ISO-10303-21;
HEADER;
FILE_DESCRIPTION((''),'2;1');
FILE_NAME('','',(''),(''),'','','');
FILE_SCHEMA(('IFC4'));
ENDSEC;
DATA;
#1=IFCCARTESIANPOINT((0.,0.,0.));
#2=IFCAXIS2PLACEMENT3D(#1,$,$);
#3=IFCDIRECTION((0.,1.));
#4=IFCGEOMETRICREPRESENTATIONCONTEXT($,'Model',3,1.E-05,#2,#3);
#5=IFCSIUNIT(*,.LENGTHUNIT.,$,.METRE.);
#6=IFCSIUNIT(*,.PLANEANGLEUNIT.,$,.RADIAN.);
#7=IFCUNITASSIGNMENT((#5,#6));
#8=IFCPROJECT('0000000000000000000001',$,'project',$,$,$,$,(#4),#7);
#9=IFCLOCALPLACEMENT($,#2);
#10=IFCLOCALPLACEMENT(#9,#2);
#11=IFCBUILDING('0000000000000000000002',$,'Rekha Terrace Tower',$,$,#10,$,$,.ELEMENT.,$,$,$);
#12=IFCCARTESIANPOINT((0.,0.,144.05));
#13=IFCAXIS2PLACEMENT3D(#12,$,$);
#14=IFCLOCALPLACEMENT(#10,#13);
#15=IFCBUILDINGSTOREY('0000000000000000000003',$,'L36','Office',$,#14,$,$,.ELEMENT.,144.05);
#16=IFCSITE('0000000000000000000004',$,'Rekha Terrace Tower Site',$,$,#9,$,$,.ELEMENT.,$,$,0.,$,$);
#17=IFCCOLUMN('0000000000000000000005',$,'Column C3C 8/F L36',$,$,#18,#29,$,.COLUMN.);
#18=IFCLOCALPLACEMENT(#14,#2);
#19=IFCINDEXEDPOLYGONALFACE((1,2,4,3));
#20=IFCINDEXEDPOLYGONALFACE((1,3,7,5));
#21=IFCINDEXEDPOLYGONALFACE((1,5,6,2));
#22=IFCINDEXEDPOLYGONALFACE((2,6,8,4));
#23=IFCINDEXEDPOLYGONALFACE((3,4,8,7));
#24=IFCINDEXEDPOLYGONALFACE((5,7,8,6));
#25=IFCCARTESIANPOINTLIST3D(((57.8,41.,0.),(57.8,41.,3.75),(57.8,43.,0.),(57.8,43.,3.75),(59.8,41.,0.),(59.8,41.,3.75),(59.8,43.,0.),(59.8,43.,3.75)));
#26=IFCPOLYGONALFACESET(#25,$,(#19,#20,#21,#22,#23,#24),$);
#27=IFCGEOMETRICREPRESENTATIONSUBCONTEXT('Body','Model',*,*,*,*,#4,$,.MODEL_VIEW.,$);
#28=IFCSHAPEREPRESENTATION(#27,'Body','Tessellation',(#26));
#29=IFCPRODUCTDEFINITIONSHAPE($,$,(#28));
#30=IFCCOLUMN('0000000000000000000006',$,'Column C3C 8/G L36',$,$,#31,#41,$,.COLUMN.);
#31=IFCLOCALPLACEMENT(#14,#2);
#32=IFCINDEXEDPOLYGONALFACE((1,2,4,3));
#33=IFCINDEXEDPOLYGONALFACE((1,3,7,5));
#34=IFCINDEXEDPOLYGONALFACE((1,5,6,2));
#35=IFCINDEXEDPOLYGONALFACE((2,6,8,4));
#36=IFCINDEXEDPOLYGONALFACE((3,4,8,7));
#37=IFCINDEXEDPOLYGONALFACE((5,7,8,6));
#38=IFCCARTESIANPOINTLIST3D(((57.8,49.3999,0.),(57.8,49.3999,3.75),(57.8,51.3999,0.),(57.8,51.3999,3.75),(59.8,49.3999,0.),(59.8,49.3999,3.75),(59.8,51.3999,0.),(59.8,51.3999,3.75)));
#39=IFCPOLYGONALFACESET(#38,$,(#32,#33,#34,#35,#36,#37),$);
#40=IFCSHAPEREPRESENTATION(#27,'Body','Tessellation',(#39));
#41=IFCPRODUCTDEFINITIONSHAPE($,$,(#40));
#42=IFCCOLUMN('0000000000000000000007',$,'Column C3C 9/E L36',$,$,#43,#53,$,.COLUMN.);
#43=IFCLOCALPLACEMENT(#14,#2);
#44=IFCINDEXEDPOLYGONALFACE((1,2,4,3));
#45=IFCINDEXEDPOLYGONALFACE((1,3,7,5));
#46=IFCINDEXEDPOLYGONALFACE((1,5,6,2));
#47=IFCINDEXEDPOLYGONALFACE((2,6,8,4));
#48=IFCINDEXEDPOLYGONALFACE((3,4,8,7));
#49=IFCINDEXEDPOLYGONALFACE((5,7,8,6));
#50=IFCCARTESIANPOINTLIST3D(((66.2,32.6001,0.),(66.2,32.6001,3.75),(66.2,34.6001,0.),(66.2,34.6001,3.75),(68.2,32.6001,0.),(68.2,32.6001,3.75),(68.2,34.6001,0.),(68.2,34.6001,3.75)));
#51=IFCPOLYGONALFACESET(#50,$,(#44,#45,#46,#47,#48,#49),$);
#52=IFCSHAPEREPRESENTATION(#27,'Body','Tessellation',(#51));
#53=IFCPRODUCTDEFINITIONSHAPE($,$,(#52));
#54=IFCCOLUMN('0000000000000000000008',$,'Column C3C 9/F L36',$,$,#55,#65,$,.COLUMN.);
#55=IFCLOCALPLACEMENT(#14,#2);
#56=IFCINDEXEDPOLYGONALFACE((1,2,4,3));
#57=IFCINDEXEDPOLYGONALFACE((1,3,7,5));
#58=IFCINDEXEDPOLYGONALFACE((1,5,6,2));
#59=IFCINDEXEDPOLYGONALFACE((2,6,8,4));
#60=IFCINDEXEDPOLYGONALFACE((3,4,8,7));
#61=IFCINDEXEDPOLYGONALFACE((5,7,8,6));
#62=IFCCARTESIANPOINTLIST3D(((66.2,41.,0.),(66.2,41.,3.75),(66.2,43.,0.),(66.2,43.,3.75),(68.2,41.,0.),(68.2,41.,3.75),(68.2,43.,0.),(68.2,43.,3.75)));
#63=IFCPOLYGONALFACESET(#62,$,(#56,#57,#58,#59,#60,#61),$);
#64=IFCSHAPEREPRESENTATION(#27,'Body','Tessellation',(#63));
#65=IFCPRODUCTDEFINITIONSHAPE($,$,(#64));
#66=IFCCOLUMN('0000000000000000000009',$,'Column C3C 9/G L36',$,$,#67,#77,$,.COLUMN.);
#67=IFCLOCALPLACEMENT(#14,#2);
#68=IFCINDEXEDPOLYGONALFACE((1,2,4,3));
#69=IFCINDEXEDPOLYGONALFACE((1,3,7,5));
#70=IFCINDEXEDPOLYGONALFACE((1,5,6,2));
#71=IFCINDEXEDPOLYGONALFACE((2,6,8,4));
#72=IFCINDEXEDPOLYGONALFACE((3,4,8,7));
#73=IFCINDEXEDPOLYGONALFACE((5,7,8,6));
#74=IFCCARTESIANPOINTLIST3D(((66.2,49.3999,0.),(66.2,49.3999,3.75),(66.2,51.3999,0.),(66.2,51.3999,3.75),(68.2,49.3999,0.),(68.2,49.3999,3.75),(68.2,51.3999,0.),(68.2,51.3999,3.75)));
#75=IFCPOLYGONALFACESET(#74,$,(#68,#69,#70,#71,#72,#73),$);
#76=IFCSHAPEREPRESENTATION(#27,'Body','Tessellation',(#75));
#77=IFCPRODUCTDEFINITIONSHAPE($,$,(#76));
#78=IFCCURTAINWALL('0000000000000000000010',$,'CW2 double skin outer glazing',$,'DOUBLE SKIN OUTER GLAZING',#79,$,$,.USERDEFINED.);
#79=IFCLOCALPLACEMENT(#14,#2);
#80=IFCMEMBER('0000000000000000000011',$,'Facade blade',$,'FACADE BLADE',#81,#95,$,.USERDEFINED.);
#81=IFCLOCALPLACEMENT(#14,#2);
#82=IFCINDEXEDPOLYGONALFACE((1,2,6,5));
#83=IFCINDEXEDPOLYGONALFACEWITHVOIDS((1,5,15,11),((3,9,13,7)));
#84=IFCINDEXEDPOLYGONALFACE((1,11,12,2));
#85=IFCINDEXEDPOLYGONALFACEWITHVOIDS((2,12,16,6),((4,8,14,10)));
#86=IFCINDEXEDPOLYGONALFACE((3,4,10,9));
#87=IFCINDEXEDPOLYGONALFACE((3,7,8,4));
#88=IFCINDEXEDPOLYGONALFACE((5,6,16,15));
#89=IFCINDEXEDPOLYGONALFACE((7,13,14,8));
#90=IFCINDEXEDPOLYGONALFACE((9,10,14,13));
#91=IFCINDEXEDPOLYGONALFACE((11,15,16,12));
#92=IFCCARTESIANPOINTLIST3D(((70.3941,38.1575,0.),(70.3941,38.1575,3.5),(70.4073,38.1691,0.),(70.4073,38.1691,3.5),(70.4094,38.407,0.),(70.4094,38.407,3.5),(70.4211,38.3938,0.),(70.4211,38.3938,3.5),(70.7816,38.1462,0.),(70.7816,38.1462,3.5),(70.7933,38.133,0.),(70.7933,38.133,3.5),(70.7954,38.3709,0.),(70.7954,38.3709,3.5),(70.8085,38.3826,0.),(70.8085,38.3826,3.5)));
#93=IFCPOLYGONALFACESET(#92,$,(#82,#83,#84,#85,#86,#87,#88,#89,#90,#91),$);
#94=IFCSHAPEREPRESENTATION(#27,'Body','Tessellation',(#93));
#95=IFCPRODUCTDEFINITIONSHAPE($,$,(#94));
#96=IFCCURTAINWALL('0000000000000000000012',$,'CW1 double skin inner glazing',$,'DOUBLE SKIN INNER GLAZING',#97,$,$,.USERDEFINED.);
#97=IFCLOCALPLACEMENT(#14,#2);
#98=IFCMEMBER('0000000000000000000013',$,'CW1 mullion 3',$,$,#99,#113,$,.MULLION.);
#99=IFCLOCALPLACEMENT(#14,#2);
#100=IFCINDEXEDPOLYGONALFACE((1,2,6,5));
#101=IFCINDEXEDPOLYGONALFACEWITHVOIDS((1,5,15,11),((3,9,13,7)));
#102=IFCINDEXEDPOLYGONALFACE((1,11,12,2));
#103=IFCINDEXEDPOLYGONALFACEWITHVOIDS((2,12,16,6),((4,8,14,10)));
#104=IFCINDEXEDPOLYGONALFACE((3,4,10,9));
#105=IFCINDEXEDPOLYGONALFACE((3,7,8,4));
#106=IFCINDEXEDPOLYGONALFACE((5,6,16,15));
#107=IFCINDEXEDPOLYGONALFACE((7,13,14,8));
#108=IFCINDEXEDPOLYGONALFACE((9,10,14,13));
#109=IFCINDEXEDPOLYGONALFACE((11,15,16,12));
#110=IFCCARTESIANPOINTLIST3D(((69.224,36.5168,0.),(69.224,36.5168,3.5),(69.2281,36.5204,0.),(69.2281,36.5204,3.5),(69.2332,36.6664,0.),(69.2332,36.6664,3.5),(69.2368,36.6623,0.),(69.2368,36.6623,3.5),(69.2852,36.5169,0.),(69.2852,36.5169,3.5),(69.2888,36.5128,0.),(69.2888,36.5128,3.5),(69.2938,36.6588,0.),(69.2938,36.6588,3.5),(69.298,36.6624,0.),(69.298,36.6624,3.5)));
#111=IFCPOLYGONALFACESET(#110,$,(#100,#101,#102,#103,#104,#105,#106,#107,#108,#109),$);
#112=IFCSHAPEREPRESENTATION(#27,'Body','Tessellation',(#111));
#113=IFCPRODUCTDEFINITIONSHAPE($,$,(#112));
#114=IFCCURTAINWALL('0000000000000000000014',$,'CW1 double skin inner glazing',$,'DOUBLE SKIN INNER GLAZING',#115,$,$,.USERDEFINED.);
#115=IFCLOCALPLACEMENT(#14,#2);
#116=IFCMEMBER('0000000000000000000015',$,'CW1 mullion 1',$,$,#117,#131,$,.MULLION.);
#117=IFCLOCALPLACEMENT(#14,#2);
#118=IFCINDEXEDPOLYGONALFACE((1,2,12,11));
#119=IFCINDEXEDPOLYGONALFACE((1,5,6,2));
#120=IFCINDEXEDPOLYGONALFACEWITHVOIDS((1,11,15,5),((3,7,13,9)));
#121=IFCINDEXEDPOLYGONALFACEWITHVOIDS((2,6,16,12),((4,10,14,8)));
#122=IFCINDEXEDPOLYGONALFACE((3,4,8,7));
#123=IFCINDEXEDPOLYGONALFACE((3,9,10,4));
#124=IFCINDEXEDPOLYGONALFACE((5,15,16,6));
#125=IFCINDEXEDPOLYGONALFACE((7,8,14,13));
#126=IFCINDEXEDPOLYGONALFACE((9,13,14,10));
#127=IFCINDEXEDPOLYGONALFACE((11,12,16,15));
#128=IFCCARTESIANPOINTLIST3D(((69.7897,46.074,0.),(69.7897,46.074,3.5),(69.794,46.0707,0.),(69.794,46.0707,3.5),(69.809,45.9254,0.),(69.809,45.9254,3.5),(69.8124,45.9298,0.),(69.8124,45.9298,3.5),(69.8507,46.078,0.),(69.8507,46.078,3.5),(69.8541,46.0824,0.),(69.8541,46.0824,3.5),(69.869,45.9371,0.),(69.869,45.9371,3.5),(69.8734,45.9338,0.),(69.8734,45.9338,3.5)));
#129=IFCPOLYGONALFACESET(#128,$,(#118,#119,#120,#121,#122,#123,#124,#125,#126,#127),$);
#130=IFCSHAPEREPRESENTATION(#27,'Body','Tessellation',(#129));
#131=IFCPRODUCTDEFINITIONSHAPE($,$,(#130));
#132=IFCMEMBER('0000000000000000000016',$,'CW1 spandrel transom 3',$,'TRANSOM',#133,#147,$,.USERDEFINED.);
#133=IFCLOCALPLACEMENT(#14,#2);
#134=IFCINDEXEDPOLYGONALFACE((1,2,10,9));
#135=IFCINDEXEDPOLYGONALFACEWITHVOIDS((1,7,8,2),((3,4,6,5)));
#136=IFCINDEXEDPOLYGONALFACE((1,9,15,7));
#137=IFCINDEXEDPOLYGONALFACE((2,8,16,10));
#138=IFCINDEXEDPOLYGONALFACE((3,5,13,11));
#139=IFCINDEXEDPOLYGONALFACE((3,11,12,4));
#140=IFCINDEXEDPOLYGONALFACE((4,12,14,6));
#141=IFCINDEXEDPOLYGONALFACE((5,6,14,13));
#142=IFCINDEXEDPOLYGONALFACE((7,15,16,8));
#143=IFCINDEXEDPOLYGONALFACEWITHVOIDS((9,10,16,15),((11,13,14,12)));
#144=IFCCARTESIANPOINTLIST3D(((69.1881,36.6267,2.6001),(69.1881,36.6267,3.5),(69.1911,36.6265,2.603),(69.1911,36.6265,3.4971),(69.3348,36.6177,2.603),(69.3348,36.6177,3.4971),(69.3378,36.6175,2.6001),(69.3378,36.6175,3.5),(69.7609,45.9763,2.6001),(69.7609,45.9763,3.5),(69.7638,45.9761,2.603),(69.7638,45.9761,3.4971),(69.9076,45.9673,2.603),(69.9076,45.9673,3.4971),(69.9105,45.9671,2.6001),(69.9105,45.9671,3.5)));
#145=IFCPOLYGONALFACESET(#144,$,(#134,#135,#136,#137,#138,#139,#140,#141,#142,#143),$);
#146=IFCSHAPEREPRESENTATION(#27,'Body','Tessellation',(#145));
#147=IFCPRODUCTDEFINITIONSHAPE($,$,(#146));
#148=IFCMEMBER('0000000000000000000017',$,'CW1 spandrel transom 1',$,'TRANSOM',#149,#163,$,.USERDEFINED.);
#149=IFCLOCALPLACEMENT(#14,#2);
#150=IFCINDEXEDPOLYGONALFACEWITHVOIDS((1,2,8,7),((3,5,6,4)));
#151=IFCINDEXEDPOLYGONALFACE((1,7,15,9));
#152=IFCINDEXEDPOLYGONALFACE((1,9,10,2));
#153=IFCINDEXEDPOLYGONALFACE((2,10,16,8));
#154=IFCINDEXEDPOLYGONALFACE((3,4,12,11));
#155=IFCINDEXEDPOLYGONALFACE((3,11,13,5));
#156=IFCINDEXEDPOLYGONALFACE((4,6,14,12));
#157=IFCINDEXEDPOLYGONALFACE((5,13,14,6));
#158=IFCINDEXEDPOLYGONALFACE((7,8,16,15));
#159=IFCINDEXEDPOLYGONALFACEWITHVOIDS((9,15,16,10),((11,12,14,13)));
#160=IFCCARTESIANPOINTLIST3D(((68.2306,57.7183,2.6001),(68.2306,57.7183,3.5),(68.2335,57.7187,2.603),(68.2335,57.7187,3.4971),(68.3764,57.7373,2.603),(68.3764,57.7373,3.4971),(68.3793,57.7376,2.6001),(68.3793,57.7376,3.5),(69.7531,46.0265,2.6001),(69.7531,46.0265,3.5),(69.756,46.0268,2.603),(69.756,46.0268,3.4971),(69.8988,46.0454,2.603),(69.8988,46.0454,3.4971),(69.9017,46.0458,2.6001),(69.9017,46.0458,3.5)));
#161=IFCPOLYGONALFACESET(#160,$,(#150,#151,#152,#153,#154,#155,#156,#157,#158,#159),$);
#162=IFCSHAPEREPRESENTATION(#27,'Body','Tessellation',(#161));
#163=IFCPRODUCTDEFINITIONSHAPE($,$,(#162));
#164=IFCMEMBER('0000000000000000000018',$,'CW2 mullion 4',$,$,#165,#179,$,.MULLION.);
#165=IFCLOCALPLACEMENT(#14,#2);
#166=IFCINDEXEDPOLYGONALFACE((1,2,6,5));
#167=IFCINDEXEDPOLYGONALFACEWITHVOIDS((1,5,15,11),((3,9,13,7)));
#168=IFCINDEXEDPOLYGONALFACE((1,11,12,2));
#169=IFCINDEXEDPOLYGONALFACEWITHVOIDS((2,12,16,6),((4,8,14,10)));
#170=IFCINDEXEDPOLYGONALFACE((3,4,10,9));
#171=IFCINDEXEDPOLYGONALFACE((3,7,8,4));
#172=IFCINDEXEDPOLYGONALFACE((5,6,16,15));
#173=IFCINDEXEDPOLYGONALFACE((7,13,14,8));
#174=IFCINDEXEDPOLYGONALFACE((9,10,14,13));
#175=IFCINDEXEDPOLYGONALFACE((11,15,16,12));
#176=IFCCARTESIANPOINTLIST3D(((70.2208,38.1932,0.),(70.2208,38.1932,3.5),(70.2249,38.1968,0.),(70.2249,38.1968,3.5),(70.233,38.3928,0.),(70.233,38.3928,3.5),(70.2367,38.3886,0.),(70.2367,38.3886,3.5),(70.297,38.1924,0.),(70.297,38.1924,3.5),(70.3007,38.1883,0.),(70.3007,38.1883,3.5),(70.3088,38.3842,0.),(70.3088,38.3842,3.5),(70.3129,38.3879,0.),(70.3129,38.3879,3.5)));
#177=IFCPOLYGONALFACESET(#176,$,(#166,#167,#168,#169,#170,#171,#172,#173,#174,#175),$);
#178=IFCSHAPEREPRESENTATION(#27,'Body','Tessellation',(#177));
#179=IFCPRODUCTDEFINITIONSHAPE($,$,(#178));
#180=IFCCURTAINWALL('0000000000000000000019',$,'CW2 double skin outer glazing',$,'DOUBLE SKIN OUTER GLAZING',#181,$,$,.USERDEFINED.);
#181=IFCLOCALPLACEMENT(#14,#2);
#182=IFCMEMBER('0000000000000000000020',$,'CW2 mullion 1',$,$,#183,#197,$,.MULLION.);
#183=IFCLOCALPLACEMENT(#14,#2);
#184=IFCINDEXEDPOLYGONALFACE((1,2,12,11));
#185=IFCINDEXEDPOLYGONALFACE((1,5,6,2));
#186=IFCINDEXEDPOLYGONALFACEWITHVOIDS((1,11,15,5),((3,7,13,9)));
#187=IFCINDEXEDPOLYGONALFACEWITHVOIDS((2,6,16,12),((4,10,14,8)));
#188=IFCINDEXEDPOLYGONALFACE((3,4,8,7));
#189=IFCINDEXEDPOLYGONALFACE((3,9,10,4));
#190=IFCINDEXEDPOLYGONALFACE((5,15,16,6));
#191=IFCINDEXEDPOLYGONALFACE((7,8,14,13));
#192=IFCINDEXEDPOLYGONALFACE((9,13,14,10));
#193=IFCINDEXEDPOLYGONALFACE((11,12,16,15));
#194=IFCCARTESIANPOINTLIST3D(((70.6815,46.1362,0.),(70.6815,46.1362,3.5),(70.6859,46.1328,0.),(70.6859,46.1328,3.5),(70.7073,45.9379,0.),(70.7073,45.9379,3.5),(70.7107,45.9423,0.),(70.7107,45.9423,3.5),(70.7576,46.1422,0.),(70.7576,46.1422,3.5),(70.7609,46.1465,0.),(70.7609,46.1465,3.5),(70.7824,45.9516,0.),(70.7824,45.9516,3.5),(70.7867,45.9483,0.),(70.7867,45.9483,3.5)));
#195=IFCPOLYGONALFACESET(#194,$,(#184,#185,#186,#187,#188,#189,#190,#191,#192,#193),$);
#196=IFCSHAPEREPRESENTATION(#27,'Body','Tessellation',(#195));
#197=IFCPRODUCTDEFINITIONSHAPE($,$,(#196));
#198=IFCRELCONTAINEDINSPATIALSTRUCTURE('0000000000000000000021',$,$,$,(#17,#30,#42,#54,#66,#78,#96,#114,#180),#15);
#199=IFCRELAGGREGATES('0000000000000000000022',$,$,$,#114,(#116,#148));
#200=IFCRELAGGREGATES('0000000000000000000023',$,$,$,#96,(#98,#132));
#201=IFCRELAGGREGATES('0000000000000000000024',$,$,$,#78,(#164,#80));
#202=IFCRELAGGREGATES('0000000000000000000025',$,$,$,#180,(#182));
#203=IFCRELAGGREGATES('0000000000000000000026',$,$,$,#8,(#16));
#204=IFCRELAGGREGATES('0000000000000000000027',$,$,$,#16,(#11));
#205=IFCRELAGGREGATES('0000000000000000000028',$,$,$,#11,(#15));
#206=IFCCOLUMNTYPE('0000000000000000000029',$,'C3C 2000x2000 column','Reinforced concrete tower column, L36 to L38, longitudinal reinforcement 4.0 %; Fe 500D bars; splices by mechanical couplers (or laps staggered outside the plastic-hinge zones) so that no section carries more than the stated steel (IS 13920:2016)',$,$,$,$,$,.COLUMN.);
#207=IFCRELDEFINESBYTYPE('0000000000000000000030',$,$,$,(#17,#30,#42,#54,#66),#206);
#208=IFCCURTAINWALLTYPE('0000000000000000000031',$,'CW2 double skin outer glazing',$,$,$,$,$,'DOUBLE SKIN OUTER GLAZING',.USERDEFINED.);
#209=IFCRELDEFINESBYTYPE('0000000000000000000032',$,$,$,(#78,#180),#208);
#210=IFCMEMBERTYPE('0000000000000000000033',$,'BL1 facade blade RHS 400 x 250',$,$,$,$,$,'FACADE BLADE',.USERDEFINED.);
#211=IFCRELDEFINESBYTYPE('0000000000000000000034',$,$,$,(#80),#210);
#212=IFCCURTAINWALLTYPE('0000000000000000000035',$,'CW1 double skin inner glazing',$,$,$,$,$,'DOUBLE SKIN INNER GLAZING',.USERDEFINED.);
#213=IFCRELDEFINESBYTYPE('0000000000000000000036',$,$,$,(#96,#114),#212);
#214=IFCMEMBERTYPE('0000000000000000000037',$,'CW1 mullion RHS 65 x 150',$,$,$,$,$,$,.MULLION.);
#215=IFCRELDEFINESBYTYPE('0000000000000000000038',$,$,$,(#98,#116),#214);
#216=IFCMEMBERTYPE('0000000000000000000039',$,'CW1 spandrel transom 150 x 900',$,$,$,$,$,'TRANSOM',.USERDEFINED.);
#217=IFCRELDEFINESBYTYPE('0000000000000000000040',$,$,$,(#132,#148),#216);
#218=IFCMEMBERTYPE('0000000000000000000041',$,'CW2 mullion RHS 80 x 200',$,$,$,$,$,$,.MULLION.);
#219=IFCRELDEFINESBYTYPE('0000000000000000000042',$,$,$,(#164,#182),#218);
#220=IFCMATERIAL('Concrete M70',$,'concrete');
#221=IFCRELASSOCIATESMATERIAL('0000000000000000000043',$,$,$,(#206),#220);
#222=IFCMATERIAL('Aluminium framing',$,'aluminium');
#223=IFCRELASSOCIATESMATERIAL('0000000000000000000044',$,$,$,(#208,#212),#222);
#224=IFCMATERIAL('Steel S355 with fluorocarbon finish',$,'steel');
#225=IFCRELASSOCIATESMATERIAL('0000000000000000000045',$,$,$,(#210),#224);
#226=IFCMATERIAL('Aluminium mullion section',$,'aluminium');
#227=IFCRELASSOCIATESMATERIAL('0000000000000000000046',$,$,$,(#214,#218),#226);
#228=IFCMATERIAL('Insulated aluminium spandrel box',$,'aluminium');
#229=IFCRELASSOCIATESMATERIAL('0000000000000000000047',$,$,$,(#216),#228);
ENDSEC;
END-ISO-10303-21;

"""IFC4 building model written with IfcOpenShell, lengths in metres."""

from ifc_helpers import new_model, si_unit, direction, frame, origin, origin_2d, place, context, subcontext, project, spatial, rectangle, hollow_rectangle, extrude, material, material_profile, profile_set, type_object, element, aggregate, save


model = new_model("IFC4")

# Units and contexts
model_context = context("Model", 3, precision=1e-05, world=origin(), true_north=direction((0.0, 1.0)))
body_context = subcontext(model_context, "Body", "Model", "MODEL_VIEW")
ifc_project = project(units=[si_unit("LENGTHUNIT", "METRE"), si_unit("PLANEANGLEUNIT", "RADIAN")], contexts=[model_context])

# Site, building, storey
site_placement = place(None, origin())
site = spatial("IfcSite", under=ifc_project, at=site_placement, Name="Rekha Terrace Tower Site", CompositionType="ELEMENT", RefElevation=0.0)
building_placement = place(site_placement, origin())
building = spatial("IfcBuilding", under=site, at=building_placement, Name="Rekha Terrace Tower", CompositionType="ELEMENT")
storey_placement = place(building_placement, frame((0.0, 0.0, 144.05)))
storey = spatial("IfcBuildingStorey", under=building, at=storey_placement, Name="L36", Description="Office", CompositionType="ELEMENT", Elevation=144.05)

# Columns
ifc_material_1 = material(Name="Concrete M70", Category="concrete")
ifc_material_profile_1 = material_profile(ifc_material_1, rectangle(XDim=2.0, YDim=2.0, at=origin_2d()), Name="RC 2000x2000")
ifc_profile_set_1 = profile_set([ifc_material_profile_1], Name="Concrete M70")
column_type = type_object("IfcColumnType", Name="C3C 2000x2000 column", Description="Reinforced concrete tower column, L36 to L38, longitudinal reinforcement 4.0 %; Fe 500D bars; splices by mechanical couplers (or laps staggered outside the plastic-hinge zones) so that no section carries more than the stated steel (IS 13920:2016)", PredefinedType="COLUMN", material=ifc_profile_set_1)
for number, where, z_axis, x_axis, name in (
    (1, (58.8, 42.0, 0.0), (0.0, 0.0, 1.0), (1.0, 0.0, 0.0), "Column C3C 8/F L36"),
    (2, (58.8, 50.3999, 0.0), (0.0, 0.0, 1.0), (1.0, 0.0, 0.0), "Column C3C 8/G L36"),
    (3, (67.2, 33.6001, 0.0), (0.0, 0.0, 1.0), (1.0, 0.0, 0.0), "Column C3C 9/E L36"),
    (4, (67.2, 42.0, 0.0), (0.0, 0.0, 1.0), (1.0, 0.0, 0.0), "Column C3C 9/F L36"),
    (5, (67.2, 50.3999, 0.0), (0.0, 0.0, 1.0), (1.0, 0.0, 0.0), "Column C3C 9/G L36"),
):
    element("IfcColumn", number, at=place(storey_placement, frame(where, z_axis=z_axis, x_axis=x_axis)), inside=storey, type_object=column_type, Name=name, PredefinedType="COLUMN", context=body_context, shape_type="SweptSolid", body=[
        extrude(rectangle(XDim=2.0, YDim=2.0, at=origin_2d()), origin(), (0.0, 0.0, 1.0), 3.75),
    ])

# Curtain walls, members
ifc_material_2 = material(Name="Aluminium framing", Category="aluminium")
curtain_wall_type_1 = type_object("IfcCurtainWallType", Name="CW2 double skin outer glazing", ElementType="DOUBLE SKIN OUTER GLAZING", PredefinedType="USERDEFINED", material=ifc_material_2)
curtain_wall_1_placement = place(storey_placement, origin())
curtain_wall_1 = element("IfcCurtainWall", 6, at=curtain_wall_1_placement, inside=storey, type_object=curtain_wall_type_1, Name="CW2 double skin outer glazing", ObjectType="DOUBLE SKIN OUTER GLAZING", PredefinedType="USERDEFINED")
ifc_material_3 = material(Name="Steel S355 with fluorocarbon finish", Category="steel")
ifc_material_profile_2 = material_profile(ifc_material_3, hollow_rectangle(XDim=0.25, YDim=0.3999, WallThickness=0.0125, at=origin_2d()), Name="RHS400x250x12.5")
ifc_profile_set_2 = profile_set([ifc_material_profile_2], Name="Steel S355 with fluorocarbon finish")
member_type_1 = type_object("IfcMemberType", Name="BL1 facade blade RHS 400 x 250", ElementType="FACADE BLADE", PredefinedType="USERDEFINED", material=ifc_profile_set_2)
member_1_placement = place(storey_placement, frame((70.6013, 38.27, 0.0), z_axis=(0.0, 0.0, 1.0), x_axis=(0.06116, 0.998128, 0.0)))
member_1 = element("IfcMember", 7, at=member_1_placement, type_object=member_type_1, Name="Facade blade", ObjectType="FACADE BLADE", PredefinedType="USERDEFINED", context=body_context, shape_type="SweptSolid", body=[
    extrude(hollow_rectangle(XDim=0.25, YDim=0.3999, WallThickness=0.0125, at=origin_2d()), origin(), (0.0, 0.0, 1.0), 3.5),
])
curtain_wall_type_2 = type_object("IfcCurtainWallType", Name="CW1 double skin inner glazing", ElementType="DOUBLE SKIN INNER GLAZING", PredefinedType="USERDEFINED", material=ifc_material_2)
curtain_wall_2_placement = place(storey_placement, origin())
curtain_wall_2 = element("IfcCurtainWall", 8, at=curtain_wall_2_placement, inside=storey, type_object=curtain_wall_type_2, Name="CW1 double skin inner glazing", ObjectType="DOUBLE SKIN INNER GLAZING", PredefinedType="USERDEFINED")
ifc_material_4 = material(Name="Aluminium mullion section", Category="aluminium")
ifc_material_profile_3 = material_profile(ifc_material_4, hollow_rectangle(XDim=0.0649, YDim=0.1499, WallThickness=0.0039, at=origin_2d()), Name="AL RHS 65x150")
ifc_profile_set_3 = profile_set([ifc_material_profile_3], Name="Aluminium mullion section")
member_type_2 = type_object("IfcMemberType", Name="CW1 mullion RHS 65 x 150", PredefinedType="MULLION", material=ifc_profile_set_3)
member_2_placement = place(storey_placement, frame((69.261, 36.5896, 0.0), z_axis=(0.0, 0.0, 1.0), x_axis=(-0.998128, 0.06116, 0.0)))
member_2 = element("IfcMember", 9, at=member_2_placement, type_object=member_type_2, Name="CW1 mullion 3", PredefinedType="MULLION", context=body_context, shape_type="SweptSolid", body=[
    extrude(hollow_rectangle(XDim=0.0649, YDim=0.1499, WallThickness=0.0039, at=origin_2d()), origin(), (0.0, 0.0, 1.0), 3.5),
])
curtain_wall_3_placement = place(storey_placement, origin())
curtain_wall_3 = element("IfcCurtainWall", 10, at=curtain_wall_3_placement, inside=storey, type_object=curtain_wall_type_2, Name="CW1 double skin inner glazing", ObjectType="DOUBLE SKIN INNER GLAZING", PredefinedType="USERDEFINED")
member_3_placement = place(storey_placement, frame((69.8315, 46.0039, 0.0), z_axis=(0.0, 0.0, 1.0), x_axis=(-0.991629, -0.129118, 0.0)))
member_3 = element("IfcMember", 11, at=member_3_placement, type_object=member_type_2, Name="CW1 mullion 1", PredefinedType="MULLION", context=body_context, shape_type="SweptSolid", body=[
    extrude(hollow_rectangle(XDim=0.0649, YDim=0.1499, WallThickness=0.0039, at=origin_2d()), origin(), (0.0, 0.0, 1.0), 3.5),
])

# Members
ifc_material_5 = material(Name="Insulated aluminium spandrel box", Category="aluminium")
ifc_material_profile_4 = material_profile(ifc_material_5, hollow_rectangle(XDim=0.1499, YDim=0.8999, WallThickness=0.0029, at=origin_2d()), Name="AL SPANDREL BOX 150x900")
ifc_profile_set_4 = profile_set([ifc_material_profile_4], Name="Insulated aluminium spandrel box")
member_type_3 = type_object("IfcMemberType", Name="CW1 spandrel transom 150 x 900", ElementType="TRANSOM", PredefinedType="USERDEFINED", material=ifc_profile_set_4)
member_4_placement = place(storey_placement, frame((69.2629, 36.6221, 3.05), z_axis=(0.061145, 0.998129, 0.0), x_axis=(-0.998129, 0.061145, 0.0)))
member_4 = element("IfcMember", 12, at=member_4_placement, type_object=member_type_3, Name="CW1 spandrel transom 3", ObjectType="TRANSOM", PredefinedType="USERDEFINED", context=body_context, shape_type="SweptSolid", body=[
    extrude(hollow_rectangle(XDim=0.1499, YDim=0.8999, WallThickness=0.0029, at=origin_2d()), origin(), (0.0, 0.0, 1.0), 9.3672),
])
member_5_placement = place(storey_placement, frame((69.8274, 46.0361, 3.05), z_axis=(-0.129125, 0.991628, 0.0), x_axis=(-0.991628, -0.129125, 0.0)))
member_5 = element("IfcMember", 13, at=member_5_placement, type_object=member_type_3, Name="CW1 spandrel transom 1", ObjectType="TRANSOM", PredefinedType="USERDEFINED", context=body_context, shape_type="SweptSolid", body=[
    extrude(hollow_rectangle(XDim=0.1499, YDim=0.8999, WallThickness=0.0029, at=origin_2d()), origin(), (0.0, 0.0, 1.0), 11.7905),
])
aggregate(curtain_wall_3, [member_3, member_5])
ifc_material_profile_5 = material_profile(ifc_material_4, hollow_rectangle(XDim=0.0801, YDim=0.2, WallThickness=0.0039, at=origin_2d()), Name="AL RHS 80x200")
ifc_profile_set_5 = profile_set([ifc_material_profile_5], Name="Aluminium mullion section")
member_type_4 = type_object("IfcMemberType", Name="CW2 mullion RHS 80 x 200", PredefinedType="MULLION", material=ifc_profile_set_5)
member_6_placement = place(storey_placement, frame((70.2668, 38.2905, 0.0), z_axis=(0.0, 0.0, 1.0), x_axis=(-0.998128, 0.06116, 0.0)))
member_6 = element("IfcMember", 14, at=member_6_placement, type_object=member_type_4, Name="CW2 mullion 4", PredefinedType="MULLION", context=body_context, shape_type="SweptSolid", body=[
    extrude(hollow_rectangle(XDim=0.0801, YDim=0.2, WallThickness=0.0039, at=origin_2d()), origin(), (0.0, 0.0, 1.0), 3.5),
])

# Curtain wall, member
curtain_wall_4_placement = place(storey_placement, origin())
curtain_wall_4 = element("IfcCurtainWall", 15, at=curtain_wall_4_placement, inside=storey, type_object=curtain_wall_type_1, Name="CW2 double skin outer glazing", ObjectType="DOUBLE SKIN OUTER GLAZING", PredefinedType="USERDEFINED")
member_7_placement = place(storey_placement, frame((70.7341, 46.0422, 0.0), z_axis=(0.0, 0.0, 1.0), x_axis=(-0.991629, -0.129118, 0.0)))
member_7 = element("IfcMember", 16, at=member_7_placement, type_object=member_type_4, Name="CW2 mullion 1", PredefinedType="MULLION", context=body_context, shape_type="SweptSolid", body=[
    extrude(hollow_rectangle(XDim=0.0801, YDim=0.2, WallThickness=0.0039, at=origin_2d()), origin(), (0.0, 0.0, 1.0), 3.5),
])

aggregate(curtain_wall_2, [member_2, member_4])
aggregate(curtain_wall_1, [member_6, member_1])
aggregate(curtain_wall_4, [member_7])

save(model, "model.ifc")
